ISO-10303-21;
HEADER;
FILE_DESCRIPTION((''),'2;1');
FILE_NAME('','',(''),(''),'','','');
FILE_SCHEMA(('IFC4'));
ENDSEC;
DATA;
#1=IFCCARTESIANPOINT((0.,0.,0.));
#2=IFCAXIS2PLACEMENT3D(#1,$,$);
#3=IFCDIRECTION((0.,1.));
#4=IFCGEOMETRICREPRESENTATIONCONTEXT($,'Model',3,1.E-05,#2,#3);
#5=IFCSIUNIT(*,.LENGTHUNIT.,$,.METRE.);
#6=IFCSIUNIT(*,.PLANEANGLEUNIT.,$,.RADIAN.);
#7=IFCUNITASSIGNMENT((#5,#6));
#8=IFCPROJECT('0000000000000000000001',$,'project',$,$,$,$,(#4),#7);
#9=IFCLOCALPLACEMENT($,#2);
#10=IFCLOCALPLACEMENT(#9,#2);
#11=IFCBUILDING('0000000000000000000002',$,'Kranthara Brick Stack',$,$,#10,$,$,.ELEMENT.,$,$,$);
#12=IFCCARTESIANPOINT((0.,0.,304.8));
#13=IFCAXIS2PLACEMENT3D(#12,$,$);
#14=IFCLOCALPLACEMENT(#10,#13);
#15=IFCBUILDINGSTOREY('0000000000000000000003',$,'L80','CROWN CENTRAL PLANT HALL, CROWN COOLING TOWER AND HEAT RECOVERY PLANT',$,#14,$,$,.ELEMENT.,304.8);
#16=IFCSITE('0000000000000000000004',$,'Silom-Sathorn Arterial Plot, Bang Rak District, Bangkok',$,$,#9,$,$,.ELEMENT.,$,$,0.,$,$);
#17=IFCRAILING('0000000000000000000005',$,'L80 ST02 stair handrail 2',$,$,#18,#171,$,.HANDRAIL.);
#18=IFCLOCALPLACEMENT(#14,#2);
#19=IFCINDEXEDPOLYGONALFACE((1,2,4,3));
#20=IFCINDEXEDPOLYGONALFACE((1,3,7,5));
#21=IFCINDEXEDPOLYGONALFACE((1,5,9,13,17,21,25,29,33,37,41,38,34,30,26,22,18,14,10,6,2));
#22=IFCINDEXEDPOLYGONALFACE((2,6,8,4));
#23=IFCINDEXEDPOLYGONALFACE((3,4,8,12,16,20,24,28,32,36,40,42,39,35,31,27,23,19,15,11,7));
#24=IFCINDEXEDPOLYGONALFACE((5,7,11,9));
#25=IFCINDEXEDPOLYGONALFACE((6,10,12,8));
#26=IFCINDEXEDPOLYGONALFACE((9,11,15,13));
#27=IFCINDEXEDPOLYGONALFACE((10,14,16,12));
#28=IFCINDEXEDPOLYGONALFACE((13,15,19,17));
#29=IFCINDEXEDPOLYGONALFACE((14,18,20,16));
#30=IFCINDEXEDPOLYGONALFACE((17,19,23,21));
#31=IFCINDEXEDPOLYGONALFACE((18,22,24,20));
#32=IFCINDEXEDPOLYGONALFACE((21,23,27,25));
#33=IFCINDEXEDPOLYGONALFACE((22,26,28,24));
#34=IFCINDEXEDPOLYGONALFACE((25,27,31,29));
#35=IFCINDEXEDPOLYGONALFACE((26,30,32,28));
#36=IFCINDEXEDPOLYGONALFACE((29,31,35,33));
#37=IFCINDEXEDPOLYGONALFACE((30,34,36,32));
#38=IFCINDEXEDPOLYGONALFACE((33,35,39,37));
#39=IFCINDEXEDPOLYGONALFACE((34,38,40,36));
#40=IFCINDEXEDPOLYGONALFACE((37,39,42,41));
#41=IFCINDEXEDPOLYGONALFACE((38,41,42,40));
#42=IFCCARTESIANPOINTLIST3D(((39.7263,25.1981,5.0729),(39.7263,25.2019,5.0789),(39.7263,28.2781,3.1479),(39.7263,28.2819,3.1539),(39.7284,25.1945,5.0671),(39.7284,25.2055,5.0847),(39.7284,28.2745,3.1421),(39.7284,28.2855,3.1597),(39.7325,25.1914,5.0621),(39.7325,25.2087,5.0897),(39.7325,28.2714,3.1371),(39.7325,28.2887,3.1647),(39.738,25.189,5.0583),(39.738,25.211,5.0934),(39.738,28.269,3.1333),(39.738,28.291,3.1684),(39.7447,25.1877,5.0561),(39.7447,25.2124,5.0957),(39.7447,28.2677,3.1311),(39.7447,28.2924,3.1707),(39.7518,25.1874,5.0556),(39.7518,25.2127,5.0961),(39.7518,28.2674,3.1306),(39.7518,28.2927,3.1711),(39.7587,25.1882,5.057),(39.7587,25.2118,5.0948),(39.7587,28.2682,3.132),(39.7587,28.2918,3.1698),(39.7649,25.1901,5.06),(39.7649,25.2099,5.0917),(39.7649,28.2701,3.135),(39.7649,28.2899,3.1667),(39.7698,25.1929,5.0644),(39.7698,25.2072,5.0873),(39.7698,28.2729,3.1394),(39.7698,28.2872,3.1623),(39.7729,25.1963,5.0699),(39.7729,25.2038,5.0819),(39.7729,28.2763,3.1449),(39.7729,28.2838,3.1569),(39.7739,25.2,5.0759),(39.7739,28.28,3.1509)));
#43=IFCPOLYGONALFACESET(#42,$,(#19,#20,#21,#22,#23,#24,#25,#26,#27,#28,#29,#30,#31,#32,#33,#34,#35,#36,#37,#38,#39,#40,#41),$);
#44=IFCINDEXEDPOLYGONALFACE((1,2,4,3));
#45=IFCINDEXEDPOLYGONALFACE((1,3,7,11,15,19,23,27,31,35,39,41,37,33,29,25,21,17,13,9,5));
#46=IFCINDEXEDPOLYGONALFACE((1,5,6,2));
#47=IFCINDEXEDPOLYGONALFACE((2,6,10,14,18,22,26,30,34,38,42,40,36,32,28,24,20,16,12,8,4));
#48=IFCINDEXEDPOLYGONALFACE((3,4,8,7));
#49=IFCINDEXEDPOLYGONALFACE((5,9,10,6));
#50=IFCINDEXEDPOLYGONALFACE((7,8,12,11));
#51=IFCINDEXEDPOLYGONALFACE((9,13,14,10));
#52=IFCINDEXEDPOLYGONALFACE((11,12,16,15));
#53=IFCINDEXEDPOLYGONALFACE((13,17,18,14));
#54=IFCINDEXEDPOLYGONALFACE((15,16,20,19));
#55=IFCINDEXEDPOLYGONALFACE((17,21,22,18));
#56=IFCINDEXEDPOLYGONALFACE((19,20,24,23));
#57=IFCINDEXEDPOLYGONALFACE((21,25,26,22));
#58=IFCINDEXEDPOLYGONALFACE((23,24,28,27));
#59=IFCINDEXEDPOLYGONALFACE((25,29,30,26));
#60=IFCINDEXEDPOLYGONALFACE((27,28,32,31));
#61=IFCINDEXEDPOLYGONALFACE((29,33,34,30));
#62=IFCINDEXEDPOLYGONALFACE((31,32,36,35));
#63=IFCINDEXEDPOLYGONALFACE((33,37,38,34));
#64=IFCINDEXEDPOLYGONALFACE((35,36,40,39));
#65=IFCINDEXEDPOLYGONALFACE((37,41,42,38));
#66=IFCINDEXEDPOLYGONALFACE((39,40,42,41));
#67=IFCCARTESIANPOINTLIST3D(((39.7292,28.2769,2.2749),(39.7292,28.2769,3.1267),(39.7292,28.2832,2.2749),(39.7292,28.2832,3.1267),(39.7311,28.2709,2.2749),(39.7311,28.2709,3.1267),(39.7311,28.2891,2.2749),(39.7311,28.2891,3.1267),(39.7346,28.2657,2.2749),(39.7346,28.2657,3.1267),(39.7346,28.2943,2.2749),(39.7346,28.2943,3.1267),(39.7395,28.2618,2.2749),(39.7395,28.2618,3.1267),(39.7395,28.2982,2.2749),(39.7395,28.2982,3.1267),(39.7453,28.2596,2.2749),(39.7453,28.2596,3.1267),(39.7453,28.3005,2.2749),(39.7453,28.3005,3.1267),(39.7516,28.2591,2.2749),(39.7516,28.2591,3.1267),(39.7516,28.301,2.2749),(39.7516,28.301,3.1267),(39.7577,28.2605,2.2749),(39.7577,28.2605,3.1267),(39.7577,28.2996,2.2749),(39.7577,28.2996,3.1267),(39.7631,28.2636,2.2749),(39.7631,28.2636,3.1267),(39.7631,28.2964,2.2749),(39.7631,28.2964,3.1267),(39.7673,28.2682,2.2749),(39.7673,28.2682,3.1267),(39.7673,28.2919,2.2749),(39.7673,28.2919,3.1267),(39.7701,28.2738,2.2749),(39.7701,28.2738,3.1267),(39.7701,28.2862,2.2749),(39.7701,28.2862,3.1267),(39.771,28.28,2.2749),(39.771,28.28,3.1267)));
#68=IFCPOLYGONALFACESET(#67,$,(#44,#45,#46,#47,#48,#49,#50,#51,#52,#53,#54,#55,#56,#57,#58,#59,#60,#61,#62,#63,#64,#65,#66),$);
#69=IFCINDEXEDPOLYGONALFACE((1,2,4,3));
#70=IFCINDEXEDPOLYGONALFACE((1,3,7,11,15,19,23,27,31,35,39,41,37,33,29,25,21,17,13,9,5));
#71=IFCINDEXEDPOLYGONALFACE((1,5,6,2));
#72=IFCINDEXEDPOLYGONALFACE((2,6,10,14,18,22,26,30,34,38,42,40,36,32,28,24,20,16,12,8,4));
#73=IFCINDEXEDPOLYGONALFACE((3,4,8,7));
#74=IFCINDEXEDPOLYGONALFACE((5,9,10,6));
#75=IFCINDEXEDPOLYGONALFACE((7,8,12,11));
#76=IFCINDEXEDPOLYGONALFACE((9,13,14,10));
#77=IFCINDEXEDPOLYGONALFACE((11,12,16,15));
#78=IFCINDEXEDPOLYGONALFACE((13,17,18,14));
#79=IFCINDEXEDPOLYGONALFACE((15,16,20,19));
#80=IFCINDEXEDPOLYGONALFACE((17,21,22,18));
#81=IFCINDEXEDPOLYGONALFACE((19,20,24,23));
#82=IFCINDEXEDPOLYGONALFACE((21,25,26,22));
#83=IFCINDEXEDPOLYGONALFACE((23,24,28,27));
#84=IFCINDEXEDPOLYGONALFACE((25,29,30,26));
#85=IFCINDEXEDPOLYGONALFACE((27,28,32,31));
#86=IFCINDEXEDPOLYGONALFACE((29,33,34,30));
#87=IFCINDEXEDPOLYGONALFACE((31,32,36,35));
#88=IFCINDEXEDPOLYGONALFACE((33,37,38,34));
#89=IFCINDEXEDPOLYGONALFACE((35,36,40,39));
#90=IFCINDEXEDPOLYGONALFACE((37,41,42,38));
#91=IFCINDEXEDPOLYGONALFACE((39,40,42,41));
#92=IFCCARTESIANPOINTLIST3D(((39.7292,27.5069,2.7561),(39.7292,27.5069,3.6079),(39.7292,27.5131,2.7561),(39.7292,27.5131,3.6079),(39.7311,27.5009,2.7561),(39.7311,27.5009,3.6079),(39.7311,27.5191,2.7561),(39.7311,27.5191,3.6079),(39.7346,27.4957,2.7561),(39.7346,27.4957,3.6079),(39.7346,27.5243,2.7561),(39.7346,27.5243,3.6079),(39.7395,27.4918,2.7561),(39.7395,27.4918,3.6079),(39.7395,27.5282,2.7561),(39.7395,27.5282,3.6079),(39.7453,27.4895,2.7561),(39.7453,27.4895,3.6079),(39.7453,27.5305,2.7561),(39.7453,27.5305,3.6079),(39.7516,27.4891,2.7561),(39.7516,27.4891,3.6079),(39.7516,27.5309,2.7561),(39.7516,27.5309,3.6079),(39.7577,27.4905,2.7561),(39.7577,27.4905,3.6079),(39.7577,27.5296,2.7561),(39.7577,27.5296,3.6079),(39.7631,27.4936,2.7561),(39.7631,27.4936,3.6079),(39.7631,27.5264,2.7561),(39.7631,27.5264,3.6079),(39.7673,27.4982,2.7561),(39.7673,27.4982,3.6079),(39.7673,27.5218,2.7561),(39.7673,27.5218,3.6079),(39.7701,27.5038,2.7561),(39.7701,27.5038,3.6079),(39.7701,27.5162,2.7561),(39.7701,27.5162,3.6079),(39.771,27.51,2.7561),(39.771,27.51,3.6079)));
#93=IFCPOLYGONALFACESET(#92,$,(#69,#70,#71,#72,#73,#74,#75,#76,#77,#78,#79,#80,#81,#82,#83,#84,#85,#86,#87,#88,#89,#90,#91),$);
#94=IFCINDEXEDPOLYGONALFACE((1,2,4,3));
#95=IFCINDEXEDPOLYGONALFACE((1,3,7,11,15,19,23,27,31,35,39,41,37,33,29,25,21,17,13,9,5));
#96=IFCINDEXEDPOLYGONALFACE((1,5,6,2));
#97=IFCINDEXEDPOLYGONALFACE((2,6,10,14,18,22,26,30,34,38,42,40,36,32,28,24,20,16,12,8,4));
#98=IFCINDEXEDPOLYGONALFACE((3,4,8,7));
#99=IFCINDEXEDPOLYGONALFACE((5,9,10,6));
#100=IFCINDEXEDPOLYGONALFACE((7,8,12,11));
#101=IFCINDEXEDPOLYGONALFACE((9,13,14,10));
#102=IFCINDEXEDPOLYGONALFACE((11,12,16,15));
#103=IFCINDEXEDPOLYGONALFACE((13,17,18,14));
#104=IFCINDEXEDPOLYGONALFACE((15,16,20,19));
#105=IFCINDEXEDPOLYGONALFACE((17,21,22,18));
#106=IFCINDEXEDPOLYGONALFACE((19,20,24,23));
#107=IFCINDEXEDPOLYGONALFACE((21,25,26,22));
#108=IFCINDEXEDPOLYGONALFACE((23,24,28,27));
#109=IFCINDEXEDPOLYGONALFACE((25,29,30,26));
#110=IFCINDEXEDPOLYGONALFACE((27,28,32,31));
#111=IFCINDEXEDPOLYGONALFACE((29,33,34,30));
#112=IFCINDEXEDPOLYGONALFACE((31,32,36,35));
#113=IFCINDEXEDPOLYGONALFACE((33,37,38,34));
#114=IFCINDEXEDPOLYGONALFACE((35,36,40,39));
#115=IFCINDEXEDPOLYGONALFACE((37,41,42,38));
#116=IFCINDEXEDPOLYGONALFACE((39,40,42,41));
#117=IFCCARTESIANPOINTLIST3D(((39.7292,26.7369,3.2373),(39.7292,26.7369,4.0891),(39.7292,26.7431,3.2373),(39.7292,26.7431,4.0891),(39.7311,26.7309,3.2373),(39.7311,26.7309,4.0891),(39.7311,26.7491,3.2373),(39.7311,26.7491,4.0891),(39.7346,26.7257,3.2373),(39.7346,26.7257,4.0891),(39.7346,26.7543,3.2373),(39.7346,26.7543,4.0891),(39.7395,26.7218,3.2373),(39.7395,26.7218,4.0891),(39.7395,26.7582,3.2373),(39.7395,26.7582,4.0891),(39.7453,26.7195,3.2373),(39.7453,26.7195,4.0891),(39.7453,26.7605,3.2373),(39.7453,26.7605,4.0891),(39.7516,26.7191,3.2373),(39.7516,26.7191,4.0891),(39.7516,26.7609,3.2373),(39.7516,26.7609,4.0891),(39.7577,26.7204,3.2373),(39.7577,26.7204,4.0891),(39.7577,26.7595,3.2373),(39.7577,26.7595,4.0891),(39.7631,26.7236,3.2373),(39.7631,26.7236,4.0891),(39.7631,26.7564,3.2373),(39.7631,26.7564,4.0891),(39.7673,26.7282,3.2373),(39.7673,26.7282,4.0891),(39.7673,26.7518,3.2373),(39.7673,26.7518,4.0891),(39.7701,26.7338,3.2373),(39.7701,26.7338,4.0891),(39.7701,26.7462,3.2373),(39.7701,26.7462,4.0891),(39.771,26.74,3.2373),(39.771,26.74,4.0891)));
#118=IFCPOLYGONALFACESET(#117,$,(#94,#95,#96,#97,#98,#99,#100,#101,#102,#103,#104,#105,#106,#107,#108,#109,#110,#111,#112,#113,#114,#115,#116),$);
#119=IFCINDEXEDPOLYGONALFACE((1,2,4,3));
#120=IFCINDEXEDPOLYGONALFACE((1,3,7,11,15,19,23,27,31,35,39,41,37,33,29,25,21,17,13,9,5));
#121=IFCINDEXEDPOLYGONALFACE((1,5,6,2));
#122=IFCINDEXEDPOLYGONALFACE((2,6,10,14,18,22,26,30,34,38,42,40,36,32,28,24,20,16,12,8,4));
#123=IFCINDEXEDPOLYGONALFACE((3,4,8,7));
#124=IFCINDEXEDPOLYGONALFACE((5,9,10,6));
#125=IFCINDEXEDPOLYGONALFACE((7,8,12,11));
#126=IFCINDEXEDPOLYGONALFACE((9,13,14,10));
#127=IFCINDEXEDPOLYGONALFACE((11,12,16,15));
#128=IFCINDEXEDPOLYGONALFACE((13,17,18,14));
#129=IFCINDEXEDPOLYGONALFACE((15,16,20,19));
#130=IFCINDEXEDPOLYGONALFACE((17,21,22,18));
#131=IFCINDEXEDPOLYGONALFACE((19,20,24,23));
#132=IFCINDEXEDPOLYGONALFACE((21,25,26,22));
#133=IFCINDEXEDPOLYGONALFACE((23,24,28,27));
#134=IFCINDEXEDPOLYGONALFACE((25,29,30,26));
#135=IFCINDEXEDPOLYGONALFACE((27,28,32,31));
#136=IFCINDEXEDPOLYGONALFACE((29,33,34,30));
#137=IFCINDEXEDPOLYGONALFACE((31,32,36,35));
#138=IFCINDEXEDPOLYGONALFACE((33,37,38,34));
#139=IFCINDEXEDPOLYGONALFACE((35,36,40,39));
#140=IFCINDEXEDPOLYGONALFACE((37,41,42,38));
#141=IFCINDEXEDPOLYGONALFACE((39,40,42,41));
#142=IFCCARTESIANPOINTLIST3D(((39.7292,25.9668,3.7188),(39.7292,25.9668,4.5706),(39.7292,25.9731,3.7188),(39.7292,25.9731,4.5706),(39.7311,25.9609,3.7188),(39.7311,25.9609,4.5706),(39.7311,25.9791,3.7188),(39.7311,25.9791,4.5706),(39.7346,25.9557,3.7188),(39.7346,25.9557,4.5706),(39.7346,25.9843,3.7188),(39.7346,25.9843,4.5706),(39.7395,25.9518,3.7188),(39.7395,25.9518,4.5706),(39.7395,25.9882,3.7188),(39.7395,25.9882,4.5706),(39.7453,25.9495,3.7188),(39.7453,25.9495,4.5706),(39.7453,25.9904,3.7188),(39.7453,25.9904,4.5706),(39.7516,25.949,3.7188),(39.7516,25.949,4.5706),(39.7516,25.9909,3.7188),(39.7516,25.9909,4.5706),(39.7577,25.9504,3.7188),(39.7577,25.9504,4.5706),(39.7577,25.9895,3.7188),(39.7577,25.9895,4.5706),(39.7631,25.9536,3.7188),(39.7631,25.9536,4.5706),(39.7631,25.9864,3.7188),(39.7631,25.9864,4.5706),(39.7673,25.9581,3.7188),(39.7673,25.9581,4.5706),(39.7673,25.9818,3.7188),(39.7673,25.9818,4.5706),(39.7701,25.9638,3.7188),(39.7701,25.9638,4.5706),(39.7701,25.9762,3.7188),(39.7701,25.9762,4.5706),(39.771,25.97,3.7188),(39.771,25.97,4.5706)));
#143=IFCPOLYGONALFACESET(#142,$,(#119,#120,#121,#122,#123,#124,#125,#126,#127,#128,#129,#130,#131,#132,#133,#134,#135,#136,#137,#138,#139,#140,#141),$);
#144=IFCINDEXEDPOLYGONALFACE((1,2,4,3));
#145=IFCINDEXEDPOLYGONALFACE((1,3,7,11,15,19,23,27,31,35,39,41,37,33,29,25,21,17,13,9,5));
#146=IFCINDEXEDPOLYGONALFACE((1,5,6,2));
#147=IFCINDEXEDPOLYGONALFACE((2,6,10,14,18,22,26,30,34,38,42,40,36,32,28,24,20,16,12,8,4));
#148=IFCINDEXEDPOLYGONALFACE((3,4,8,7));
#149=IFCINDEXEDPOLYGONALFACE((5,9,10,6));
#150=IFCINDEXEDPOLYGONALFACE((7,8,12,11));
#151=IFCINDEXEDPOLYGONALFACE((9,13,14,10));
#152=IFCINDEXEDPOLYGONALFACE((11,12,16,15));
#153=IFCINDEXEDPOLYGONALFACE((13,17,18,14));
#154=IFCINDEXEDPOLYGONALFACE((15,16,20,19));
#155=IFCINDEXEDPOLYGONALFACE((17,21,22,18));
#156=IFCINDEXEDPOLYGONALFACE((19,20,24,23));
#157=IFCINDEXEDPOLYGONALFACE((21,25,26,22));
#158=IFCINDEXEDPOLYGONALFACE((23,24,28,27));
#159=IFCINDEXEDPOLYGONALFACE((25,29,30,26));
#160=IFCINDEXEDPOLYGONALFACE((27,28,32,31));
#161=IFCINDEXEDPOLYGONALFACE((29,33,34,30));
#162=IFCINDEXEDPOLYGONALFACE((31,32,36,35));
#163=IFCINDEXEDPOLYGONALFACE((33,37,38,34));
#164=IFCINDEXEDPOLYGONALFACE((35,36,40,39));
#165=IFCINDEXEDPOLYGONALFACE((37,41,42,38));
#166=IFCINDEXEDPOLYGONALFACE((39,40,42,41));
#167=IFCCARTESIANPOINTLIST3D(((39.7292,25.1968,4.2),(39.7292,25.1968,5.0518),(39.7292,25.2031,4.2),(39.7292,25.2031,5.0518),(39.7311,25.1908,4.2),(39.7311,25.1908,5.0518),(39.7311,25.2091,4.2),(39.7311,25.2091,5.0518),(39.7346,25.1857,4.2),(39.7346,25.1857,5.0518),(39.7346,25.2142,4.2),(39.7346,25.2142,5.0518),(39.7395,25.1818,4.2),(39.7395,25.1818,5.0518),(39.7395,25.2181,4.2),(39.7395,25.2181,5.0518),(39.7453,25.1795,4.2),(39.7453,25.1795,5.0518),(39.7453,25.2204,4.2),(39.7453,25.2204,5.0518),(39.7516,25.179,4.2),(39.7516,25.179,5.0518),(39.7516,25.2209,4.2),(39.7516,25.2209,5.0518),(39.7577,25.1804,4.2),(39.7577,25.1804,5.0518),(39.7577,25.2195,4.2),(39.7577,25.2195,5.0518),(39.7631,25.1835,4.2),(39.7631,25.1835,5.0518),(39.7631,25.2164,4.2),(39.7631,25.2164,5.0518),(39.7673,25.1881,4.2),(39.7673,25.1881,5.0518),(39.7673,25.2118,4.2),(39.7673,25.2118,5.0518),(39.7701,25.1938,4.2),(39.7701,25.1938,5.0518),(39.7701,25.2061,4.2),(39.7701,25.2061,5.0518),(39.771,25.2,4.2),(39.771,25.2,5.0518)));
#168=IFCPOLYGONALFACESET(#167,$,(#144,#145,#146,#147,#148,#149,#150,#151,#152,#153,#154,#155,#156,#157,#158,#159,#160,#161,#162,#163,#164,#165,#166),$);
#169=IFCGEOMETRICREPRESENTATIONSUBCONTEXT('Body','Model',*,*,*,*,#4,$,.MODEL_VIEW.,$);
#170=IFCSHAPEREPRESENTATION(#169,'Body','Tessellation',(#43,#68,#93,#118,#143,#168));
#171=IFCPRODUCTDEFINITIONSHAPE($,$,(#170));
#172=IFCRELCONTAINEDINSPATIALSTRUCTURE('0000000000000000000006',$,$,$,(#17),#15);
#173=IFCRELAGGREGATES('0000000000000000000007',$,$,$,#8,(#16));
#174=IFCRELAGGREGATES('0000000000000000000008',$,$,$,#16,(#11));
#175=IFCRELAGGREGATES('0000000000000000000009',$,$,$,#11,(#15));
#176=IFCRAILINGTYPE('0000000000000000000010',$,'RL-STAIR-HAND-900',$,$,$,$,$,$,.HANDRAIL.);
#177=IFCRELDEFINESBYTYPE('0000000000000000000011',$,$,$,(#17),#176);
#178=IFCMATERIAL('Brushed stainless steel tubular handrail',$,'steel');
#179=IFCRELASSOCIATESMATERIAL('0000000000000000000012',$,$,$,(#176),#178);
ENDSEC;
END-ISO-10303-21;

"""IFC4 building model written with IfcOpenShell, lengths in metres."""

from ifc_helpers import new_model, si_unit, direction, frame, origin, origin_2d, place, context, subcontext, project, spatial, circle, extrude, material, type_object, element, save


model = new_model("IFC4")

# Units and contexts
model_context = context("Model", 3, precision=1e-05, world=origin(), true_north=direction((0.0, 1.0)))
body_context = subcontext(model_context, "Body", "Model", "MODEL_VIEW")
ifc_project = project(units=[si_unit("LENGTHUNIT", "METRE"), si_unit("PLANEANGLEUNIT", "RADIAN")], contexts=[model_context])

# Site, building, storey
site_placement = place(None, origin())
site = spatial("IfcSite", under=ifc_project, at=site_placement, Name="Silom-Sathorn Arterial Plot, Bang Rak District, Bangkok", CompositionType="ELEMENT", RefElevation=0.0)
building_placement = place(site_placement, origin())
building = spatial("IfcBuilding", under=site, at=building_placement, Name="Kranthara Brick Stack", CompositionType="ELEMENT")
storey_placement = place(building_placement, frame((0.0, 0.0, 304.8)))
storey = spatial("IfcBuildingStorey", under=building, at=storey_placement, Name="L80", Description="CROWN CENTRAL PLANT HALL, CROWN COOLING TOWER AND HEAT RECOVERY PLANT", CompositionType="ELEMENT", Elevation=304.8)

# Railing
ifc_material_1 = material(Name="Brushed stainless steel tubular handrail", Category="steel")
railing_type_1 = type_object("IfcRailingType", Name="RL-STAIR-HAND-900", PredefinedType="HANDRAIL", material=ifc_material_1)
railing_1_placement = place(storey_placement, frame((39.75, 28.28, 2.2749)))
element("IfcRailing", 1, at=railing_1_placement, inside=storey, type_object=railing_type_1, Name="L80 ST02 stair handrail 2", PredefinedType="HANDRAIL", context=body_context, shape_type="SweptSolid", body=[
    extrude(circle(Radius=0.0239, at=origin_2d()), frame((0.0, 0.0, 0.876), z_axis=(0.0, -0.847998, 0.529999), x_axis=(1.0, 0.0, 0.0)), (0.0, 0.0, 1.0), 3.6321),
    extrude(circle(Radius=0.021, at=origin_2d()), origin(), (0.0, 0.0, 1.0), 0.8518),
    extrude(circle(Radius=0.021, at=origin_2d()), frame((0.0, -0.77, 0.4812)), (0.0, 0.0, 1.0), 0.8518),
    extrude(circle(Radius=0.021, at=origin_2d()), frame((0.0, -1.54, 0.9624)), (0.0, 0.0, 1.0), 0.8518),
    extrude(circle(Radius=0.021, at=origin_2d()), frame((0.0, -2.3101, 1.4438)), (0.0, 0.0, 1.0), 0.8518),
    extrude(circle(Radius=0.021, at=origin_2d()), frame((0.0, -3.0801, 1.925)), (0.0, 0.0, 1.0), 0.8518),
])

save(model, "model.ifc")
